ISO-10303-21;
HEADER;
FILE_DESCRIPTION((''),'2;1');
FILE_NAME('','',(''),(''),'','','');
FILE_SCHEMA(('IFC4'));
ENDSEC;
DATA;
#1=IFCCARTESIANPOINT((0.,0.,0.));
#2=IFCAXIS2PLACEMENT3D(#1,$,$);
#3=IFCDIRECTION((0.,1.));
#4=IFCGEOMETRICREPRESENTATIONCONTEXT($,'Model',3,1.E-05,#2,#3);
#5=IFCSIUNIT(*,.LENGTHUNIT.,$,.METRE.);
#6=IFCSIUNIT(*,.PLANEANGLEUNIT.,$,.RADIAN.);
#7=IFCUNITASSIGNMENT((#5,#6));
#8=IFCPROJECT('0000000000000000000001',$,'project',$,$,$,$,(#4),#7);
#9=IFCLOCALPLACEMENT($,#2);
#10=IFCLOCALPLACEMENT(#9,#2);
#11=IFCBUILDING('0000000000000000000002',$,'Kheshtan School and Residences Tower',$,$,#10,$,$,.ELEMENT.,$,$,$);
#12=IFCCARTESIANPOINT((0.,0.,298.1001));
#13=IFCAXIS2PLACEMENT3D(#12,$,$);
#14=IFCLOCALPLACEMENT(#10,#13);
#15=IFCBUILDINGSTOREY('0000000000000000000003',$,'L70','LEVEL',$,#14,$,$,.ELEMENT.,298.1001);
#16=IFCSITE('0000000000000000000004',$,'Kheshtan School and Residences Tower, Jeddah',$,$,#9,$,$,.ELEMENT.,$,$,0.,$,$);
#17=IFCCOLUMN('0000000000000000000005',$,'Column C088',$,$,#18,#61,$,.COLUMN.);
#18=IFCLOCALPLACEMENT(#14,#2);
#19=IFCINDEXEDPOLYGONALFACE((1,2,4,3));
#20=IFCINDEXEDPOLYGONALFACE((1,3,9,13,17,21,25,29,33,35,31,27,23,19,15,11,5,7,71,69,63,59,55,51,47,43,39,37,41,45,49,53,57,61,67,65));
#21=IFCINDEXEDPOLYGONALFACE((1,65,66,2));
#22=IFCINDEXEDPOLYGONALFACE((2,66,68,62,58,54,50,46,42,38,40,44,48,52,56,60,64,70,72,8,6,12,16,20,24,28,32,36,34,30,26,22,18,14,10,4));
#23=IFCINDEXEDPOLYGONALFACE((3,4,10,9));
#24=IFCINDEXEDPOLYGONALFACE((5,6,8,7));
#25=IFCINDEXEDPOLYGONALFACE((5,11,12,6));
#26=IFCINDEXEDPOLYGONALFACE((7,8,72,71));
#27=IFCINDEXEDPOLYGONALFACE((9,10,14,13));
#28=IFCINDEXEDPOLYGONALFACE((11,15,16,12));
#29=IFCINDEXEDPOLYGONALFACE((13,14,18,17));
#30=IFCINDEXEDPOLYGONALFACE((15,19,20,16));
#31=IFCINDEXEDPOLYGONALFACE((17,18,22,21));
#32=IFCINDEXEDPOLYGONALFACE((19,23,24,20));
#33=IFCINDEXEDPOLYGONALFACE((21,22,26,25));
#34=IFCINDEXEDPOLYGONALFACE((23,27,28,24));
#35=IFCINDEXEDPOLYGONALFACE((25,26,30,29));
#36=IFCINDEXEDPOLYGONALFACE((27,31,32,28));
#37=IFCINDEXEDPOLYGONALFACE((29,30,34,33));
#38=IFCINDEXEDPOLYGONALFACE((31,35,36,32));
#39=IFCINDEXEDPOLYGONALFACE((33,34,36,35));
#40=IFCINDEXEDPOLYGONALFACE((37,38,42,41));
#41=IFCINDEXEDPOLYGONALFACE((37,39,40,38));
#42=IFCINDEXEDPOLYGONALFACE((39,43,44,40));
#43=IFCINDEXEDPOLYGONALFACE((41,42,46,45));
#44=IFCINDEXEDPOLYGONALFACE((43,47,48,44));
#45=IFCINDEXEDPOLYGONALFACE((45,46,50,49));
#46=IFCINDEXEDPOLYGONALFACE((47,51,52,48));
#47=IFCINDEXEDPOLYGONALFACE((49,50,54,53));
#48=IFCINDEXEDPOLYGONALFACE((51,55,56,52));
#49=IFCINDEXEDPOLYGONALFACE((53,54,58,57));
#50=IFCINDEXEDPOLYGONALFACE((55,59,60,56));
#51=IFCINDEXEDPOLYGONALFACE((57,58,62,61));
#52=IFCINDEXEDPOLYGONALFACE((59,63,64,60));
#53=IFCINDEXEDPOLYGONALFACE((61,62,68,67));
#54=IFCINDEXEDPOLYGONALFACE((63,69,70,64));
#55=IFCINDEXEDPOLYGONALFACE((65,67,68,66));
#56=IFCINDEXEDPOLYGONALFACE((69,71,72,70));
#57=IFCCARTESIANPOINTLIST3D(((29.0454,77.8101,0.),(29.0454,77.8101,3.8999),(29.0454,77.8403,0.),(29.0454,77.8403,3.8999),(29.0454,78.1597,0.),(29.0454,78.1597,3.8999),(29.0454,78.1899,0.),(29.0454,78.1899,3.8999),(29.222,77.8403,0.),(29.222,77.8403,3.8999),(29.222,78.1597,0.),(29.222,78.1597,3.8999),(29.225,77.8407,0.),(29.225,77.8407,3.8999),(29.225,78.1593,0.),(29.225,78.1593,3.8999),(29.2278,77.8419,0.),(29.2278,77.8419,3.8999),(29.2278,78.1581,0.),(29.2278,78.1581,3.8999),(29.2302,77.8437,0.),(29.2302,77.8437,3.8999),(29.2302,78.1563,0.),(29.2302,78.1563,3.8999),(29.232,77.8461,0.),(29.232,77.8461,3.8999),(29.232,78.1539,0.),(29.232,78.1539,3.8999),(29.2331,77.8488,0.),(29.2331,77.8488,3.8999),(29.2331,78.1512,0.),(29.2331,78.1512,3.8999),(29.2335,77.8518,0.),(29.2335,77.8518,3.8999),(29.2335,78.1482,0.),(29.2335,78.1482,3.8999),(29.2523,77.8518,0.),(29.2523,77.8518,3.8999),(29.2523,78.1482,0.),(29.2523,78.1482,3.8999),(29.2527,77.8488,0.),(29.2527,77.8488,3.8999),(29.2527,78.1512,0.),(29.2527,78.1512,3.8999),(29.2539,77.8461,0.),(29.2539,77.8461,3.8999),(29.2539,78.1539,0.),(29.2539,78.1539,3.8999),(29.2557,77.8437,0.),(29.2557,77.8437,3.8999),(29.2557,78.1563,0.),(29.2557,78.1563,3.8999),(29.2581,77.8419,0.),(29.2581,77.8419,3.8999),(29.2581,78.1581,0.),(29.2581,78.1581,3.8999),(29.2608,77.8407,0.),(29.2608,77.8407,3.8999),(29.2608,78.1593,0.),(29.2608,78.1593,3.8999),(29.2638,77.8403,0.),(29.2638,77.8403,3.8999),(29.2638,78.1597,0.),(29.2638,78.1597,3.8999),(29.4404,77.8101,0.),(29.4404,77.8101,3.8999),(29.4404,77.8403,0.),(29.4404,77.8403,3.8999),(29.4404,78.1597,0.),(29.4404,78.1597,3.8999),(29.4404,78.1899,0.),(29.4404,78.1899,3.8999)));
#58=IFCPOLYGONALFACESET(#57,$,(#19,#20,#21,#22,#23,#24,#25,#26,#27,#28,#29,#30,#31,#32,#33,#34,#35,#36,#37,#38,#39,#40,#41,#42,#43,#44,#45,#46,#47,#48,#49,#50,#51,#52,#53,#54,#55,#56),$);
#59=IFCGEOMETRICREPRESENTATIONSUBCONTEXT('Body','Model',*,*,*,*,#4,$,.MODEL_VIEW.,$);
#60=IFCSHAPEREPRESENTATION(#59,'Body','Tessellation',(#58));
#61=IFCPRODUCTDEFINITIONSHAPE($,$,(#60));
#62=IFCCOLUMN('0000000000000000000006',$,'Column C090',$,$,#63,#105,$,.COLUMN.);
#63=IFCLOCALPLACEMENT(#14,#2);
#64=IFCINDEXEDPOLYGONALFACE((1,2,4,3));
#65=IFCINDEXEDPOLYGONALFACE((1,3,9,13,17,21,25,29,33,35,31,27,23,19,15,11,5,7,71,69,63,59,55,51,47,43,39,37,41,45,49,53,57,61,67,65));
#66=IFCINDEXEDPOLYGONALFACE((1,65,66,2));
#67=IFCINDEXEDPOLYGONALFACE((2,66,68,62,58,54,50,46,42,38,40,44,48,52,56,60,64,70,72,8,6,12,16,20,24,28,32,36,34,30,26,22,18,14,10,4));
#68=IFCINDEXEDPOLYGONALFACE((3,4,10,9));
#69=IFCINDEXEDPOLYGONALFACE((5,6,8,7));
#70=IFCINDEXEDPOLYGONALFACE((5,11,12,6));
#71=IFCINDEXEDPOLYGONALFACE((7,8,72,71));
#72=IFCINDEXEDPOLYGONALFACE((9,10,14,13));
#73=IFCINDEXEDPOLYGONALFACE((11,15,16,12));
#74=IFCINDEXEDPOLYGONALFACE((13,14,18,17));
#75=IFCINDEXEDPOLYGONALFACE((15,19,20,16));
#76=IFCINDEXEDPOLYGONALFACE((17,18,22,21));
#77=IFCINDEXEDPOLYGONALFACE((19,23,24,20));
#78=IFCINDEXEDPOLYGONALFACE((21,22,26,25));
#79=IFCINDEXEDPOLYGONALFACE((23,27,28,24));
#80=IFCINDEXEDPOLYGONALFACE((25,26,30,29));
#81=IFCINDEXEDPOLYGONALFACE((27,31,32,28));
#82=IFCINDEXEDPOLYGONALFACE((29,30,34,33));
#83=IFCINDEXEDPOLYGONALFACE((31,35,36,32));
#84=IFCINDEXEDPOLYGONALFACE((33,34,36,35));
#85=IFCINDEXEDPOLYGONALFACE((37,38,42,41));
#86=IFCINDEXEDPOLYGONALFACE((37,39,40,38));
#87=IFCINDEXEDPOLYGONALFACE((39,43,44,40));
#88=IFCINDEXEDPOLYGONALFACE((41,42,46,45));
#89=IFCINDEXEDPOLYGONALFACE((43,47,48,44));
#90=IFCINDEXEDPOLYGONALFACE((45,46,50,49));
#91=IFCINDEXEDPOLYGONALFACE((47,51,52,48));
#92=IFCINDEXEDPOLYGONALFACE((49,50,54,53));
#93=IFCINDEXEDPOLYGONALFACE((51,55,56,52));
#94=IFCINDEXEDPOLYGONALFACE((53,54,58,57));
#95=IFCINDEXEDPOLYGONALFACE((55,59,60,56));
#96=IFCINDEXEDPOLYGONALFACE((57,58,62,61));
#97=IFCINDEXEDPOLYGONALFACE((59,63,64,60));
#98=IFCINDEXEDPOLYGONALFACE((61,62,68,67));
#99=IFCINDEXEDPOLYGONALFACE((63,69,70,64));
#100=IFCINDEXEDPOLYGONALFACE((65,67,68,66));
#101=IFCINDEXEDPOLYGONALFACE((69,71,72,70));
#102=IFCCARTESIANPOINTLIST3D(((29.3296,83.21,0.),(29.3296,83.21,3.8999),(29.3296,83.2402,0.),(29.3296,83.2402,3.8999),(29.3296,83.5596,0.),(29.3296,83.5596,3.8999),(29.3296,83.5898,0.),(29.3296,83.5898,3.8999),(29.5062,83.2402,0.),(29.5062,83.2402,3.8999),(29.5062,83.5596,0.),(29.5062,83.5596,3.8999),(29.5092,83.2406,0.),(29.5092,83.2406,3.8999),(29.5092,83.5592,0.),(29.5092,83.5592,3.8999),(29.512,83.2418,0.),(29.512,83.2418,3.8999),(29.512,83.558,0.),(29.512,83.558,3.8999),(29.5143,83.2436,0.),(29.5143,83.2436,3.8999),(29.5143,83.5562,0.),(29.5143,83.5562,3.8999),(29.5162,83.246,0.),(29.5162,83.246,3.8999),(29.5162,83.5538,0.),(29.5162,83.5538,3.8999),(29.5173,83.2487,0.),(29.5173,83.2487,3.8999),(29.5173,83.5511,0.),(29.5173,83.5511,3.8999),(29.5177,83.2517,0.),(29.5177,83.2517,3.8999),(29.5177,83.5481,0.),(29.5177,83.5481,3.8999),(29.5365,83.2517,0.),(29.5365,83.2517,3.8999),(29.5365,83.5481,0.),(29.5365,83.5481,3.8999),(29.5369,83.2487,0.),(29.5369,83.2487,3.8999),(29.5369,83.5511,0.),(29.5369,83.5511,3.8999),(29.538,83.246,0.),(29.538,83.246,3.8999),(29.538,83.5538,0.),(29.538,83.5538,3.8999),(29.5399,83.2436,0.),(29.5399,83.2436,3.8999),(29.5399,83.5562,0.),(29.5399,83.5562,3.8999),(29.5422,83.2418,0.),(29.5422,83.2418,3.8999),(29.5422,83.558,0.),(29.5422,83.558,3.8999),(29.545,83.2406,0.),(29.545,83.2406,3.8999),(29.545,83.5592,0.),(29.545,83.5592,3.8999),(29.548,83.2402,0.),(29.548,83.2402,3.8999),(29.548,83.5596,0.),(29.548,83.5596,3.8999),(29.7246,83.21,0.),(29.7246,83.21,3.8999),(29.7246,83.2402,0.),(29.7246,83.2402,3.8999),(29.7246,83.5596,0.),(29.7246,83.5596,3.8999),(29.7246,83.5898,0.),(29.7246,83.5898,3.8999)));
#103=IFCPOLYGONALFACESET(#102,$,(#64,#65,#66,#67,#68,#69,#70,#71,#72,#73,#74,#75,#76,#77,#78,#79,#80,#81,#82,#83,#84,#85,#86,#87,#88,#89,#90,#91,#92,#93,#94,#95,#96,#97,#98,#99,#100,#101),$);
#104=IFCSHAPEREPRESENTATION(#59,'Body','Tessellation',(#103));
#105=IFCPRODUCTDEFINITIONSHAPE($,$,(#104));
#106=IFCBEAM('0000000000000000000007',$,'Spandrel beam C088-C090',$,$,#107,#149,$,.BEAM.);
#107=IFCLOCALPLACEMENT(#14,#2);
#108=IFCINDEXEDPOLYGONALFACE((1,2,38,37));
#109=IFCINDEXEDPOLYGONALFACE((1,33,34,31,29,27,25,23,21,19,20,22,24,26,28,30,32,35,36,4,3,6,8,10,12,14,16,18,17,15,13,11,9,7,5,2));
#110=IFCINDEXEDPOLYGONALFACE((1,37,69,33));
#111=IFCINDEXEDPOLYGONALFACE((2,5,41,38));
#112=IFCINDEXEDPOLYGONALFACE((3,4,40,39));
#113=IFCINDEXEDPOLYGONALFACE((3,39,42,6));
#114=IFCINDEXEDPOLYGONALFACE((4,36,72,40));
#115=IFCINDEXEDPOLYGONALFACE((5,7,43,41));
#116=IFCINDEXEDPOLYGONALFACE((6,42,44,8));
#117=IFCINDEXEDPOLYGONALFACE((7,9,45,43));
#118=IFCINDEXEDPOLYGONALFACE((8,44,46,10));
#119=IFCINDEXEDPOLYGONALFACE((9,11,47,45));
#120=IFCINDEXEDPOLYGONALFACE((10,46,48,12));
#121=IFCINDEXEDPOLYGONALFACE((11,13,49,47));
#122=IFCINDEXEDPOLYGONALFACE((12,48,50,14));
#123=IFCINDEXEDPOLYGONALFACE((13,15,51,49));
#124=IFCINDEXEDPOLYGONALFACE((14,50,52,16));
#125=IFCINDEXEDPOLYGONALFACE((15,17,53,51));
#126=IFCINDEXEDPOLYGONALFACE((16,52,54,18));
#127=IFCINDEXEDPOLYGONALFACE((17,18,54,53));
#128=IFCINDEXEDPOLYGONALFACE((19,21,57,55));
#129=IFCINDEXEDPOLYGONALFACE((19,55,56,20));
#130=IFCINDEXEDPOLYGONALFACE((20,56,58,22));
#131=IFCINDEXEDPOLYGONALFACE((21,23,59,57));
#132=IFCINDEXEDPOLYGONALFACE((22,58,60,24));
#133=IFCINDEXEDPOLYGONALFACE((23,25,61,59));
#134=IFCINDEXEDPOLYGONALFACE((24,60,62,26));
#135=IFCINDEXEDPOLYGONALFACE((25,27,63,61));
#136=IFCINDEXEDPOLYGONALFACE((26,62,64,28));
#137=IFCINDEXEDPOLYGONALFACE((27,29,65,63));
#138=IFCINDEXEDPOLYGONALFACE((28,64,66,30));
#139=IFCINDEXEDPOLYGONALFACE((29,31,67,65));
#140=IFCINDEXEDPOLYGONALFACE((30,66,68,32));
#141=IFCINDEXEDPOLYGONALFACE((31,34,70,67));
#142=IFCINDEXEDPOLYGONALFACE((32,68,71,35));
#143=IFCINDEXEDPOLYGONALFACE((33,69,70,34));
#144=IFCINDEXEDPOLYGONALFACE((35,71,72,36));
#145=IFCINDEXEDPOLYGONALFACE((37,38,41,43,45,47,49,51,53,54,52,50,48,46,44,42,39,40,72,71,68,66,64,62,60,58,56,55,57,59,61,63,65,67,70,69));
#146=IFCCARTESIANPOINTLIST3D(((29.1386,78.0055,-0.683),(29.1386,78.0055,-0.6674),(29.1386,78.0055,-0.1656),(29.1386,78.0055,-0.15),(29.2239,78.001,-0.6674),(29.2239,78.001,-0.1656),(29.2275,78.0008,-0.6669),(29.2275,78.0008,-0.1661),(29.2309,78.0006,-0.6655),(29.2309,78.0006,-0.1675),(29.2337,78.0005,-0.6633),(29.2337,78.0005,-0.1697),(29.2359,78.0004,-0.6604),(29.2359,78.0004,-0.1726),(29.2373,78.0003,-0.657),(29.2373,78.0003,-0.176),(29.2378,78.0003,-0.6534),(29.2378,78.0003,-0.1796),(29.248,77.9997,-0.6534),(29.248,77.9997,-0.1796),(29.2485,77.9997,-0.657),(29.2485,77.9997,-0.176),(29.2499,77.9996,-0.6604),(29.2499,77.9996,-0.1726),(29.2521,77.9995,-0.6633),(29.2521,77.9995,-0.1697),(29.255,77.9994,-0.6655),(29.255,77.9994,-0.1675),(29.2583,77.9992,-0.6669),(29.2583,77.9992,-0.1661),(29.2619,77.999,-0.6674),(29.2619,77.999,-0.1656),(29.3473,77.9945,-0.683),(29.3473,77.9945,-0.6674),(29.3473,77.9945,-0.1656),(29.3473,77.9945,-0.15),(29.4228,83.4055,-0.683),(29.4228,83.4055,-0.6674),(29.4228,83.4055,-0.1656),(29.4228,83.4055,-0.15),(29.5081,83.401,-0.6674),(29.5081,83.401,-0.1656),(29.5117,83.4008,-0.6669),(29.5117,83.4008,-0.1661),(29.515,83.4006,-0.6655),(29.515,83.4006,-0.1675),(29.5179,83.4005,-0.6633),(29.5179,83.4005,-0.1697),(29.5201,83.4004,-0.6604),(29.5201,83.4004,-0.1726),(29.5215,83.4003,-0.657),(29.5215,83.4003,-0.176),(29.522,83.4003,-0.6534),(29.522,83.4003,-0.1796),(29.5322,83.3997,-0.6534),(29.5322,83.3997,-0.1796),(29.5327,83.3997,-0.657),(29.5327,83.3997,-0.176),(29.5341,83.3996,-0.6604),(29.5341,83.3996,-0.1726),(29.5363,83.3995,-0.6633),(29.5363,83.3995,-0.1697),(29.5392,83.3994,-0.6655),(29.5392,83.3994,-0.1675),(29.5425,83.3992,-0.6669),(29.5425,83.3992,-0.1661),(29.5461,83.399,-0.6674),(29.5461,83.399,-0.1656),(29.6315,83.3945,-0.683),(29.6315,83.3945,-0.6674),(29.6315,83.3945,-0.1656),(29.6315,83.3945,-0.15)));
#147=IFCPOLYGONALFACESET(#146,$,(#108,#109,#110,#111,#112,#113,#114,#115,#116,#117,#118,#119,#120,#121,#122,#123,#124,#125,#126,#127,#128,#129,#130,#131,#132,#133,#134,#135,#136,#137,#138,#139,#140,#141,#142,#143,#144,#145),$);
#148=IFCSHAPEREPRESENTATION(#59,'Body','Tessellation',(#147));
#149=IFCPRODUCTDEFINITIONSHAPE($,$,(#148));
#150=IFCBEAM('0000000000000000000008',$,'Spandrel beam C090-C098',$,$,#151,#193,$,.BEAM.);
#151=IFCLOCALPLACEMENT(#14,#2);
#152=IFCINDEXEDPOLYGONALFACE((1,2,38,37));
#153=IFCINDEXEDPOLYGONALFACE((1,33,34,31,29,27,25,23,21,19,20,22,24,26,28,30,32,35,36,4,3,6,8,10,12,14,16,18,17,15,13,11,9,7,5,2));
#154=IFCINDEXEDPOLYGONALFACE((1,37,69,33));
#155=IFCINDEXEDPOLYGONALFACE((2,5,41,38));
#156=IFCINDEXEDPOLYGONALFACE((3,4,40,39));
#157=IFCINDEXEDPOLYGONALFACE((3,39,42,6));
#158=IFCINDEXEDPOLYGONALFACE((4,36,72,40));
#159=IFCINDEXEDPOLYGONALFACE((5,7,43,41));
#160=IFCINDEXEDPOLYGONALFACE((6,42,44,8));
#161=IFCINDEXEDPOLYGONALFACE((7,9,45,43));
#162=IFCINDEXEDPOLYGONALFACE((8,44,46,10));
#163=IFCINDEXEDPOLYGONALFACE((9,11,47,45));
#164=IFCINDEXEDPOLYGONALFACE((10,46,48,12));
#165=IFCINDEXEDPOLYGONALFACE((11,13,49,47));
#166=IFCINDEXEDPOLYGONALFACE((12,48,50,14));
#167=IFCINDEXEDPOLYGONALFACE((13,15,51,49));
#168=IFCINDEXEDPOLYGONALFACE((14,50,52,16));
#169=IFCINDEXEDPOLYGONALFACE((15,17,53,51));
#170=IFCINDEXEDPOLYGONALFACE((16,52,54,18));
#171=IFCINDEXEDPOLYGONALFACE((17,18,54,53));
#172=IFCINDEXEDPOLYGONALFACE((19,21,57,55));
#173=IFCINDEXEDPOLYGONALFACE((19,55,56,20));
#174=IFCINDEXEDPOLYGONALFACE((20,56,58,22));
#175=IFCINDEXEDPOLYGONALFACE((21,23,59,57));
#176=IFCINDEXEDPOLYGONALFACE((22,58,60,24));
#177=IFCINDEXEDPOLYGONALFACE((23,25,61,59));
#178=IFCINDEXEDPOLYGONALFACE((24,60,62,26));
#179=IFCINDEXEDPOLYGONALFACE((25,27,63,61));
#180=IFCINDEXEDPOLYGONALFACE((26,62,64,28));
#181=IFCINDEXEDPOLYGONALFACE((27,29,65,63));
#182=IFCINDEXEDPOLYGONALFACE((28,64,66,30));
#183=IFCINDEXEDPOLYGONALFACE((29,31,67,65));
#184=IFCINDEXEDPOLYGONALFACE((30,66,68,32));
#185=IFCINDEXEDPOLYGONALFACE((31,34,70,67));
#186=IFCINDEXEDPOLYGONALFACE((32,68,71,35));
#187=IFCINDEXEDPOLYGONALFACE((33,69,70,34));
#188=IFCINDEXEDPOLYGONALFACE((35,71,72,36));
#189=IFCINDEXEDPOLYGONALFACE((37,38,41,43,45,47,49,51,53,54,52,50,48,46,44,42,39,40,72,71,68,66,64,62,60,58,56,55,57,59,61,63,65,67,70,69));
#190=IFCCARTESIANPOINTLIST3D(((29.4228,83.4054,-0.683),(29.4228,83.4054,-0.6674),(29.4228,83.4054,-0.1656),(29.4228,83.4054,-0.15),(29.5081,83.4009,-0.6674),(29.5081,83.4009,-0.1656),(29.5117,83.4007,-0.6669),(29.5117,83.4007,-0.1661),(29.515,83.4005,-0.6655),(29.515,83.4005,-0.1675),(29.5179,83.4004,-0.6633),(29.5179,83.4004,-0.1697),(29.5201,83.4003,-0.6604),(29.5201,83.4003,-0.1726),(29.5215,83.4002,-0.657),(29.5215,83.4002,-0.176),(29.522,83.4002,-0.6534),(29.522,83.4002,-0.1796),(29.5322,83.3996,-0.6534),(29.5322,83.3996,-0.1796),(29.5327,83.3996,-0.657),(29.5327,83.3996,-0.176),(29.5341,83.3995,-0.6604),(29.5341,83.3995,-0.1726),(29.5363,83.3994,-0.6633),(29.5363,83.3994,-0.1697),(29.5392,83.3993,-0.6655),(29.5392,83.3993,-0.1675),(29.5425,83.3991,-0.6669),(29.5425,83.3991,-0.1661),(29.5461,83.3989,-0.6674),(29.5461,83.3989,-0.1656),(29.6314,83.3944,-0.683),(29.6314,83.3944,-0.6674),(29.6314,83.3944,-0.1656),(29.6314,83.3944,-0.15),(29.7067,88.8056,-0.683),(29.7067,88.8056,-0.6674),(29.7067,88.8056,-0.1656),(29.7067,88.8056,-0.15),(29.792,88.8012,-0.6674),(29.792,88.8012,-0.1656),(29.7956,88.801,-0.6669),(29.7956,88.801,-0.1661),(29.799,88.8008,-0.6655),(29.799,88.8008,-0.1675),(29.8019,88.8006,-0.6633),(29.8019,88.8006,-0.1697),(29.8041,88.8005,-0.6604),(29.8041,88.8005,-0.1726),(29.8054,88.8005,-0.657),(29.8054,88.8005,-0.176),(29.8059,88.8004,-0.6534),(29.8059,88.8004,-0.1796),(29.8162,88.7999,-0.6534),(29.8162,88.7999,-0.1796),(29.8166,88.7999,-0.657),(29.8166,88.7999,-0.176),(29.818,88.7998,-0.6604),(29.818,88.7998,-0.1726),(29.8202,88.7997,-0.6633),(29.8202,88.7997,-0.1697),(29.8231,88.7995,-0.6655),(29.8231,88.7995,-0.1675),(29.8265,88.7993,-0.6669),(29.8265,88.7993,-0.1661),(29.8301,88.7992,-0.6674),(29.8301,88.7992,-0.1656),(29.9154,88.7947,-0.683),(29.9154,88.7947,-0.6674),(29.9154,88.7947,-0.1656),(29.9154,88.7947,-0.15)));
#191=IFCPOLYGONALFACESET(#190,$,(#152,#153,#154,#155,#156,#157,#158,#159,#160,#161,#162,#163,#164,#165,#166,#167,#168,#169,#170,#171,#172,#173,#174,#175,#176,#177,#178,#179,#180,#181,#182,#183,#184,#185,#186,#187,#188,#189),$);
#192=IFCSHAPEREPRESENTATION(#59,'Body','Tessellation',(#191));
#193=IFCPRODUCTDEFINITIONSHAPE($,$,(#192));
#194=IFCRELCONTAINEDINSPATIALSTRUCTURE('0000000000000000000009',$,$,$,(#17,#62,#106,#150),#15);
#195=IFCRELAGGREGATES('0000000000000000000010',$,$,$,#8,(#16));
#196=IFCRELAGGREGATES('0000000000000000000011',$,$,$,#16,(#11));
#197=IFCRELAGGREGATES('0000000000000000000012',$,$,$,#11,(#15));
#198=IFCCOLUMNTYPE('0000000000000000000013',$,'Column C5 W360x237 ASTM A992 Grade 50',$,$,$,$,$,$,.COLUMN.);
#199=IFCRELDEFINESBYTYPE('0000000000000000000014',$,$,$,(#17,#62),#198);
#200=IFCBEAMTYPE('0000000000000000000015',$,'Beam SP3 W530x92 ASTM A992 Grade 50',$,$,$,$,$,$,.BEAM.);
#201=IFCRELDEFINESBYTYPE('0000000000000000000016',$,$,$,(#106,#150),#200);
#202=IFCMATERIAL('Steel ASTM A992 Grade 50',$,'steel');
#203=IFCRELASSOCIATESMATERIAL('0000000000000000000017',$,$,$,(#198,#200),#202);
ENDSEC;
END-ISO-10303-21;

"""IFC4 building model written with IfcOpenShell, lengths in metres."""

from ifc_helpers import new_model, si_unit, direction, frame, origin, origin_2d, place, context, subcontext, project, spatial, i_section, extrude, material, material_profile, profile_set, type_object, element, save


model = new_model("IFC4")

# Units and contexts
model_context = context("Model", 3, precision=1e-05, world=origin(), true_north=direction((0.0, 1.0)))
body_context = subcontext(model_context, "Body", "Model", "MODEL_VIEW")
ifc_project = project(units=[si_unit("LENGTHUNIT", "METRE"), si_unit("PLANEANGLEUNIT", "RADIAN")], contexts=[model_context])

# Site, building, storey
site_placement = place(None, origin())
site = spatial("IfcSite", under=ifc_project, at=site_placement, Name="Kheshtan School and Residences Tower, Jeddah", CompositionType="ELEMENT", RefElevation=0.0)
building_placement = place(site_placement, origin())
building = spatial("IfcBuilding", under=site, at=building_placement, Name="Kheshtan School and Residences Tower", CompositionType="ELEMENT")
storey_placement = place(building_placement, frame((0.0, 0.0, 298.1001)))
storey = spatial("IfcBuildingStorey", under=building, at=storey_placement, Name="L70", Description="LEVEL", CompositionType="ELEMENT", Elevation=298.1001)

# Columns
ifc_material_1 = material(Name="Steel ASTM A992 Grade 50", Category="steel")
ifc_material_profile_1 = material_profile(ifc_material_1, i_section(OverallWidth=0.395, OverallDepth=0.3799, WebThickness=0.0188, FlangeThickness=0.0303, FilletRadius=0.0115, at=origin_2d()), Name="W360x237")
ifc_profile_set_1 = profile_set([ifc_material_profile_1], Name="Steel ASTM A992 Grade 50")
column_type = type_object("IfcColumnType", Name="Column C5 W360x237 ASTM A992 Grade 50", PredefinedType="COLUMN", material=ifc_profile_set_1)
for number, where, z_axis, x_axis, name in (
    (1, (29.2429, 78.0, 0.0), (0.0, 0.0, 1.0), (1.0, 0.0, 0.0), "Column C088"),
    (2, (29.5271, 83.3999, 0.0), (0.0, 0.0, 1.0), (1.0, 0.0, 0.0), "Column C090"),
):
    element("IfcColumn", number, at=place(storey_placement, frame(where, z_axis=z_axis, x_axis=x_axis)), inside=storey, type_object=column_type, Name=name, PredefinedType="COLUMN", context=body_context, shape_type="SweptSolid", body=[
        extrude(i_section(OverallWidth=0.395, OverallDepth=0.3799, WebThickness=0.0188, FlangeThickness=0.0303, FilletRadius=0.0115, at=origin_2d()), origin(), (0.0, 0.0, 1.0), 3.8999),
    ])

# Beams
ifc_material_profile_2 = material_profile(ifc_material_1, i_section(OverallWidth=0.209, OverallDepth=0.533, WebThickness=0.0103, FlangeThickness=0.0156, FilletRadius=0.0139, at=origin_2d()), Name="W530x92")
ifc_profile_set_2 = profile_set([ifc_material_profile_2], Name="Steel ASTM A992 Grade 50")
beam_type = type_object("IfcBeamType", Name="Beam SP3 W530x92 ASTM A992 Grade 50", PredefinedType="BEAM", material=ifc_profile_set_2)
beam_1_placement = place(storey_placement, frame((29.2429, 78.0, -0.4165), z_axis=(0.052554, 0.998618, 0.0), x_axis=(-0.998618, 0.052554, 0.0)))
element("IfcBeam", 3, at=beam_1_placement, inside=storey, type_object=beam_type, Name="Spandrel beam C088-C090", PredefinedType="BEAM", context=body_context, shape_type="SweptSolid", body=[
    extrude(i_section(OverallWidth=0.209, OverallDepth=0.533, WebThickness=0.0103, FlangeThickness=0.0156, FilletRadius=0.0139, at=origin_2d()), origin(), (0.0, 0.0, 1.0), 5.4075),
])
beam_2_placement = place(storey_placement, frame((29.5271, 83.3999, -0.4165), z_axis=(0.052507, 0.998621, 0.0), x_axis=(-0.998621, 0.052507, 0.0)))
element("IfcBeam", 4, at=beam_2_placement, inside=storey, type_object=beam_type, Name="Spandrel beam C090-C098", PredefinedType="BEAM", context=body_context, shape_type="SweptSolid", body=[
    extrude(i_section(OverallWidth=0.209, OverallDepth=0.533, WebThickness=0.0103, FlangeThickness=0.0156, FilletRadius=0.0139, at=origin_2d()), origin(), (0.0, 0.0, 1.0), 5.4077),
])

save(model, "model.ifc")
